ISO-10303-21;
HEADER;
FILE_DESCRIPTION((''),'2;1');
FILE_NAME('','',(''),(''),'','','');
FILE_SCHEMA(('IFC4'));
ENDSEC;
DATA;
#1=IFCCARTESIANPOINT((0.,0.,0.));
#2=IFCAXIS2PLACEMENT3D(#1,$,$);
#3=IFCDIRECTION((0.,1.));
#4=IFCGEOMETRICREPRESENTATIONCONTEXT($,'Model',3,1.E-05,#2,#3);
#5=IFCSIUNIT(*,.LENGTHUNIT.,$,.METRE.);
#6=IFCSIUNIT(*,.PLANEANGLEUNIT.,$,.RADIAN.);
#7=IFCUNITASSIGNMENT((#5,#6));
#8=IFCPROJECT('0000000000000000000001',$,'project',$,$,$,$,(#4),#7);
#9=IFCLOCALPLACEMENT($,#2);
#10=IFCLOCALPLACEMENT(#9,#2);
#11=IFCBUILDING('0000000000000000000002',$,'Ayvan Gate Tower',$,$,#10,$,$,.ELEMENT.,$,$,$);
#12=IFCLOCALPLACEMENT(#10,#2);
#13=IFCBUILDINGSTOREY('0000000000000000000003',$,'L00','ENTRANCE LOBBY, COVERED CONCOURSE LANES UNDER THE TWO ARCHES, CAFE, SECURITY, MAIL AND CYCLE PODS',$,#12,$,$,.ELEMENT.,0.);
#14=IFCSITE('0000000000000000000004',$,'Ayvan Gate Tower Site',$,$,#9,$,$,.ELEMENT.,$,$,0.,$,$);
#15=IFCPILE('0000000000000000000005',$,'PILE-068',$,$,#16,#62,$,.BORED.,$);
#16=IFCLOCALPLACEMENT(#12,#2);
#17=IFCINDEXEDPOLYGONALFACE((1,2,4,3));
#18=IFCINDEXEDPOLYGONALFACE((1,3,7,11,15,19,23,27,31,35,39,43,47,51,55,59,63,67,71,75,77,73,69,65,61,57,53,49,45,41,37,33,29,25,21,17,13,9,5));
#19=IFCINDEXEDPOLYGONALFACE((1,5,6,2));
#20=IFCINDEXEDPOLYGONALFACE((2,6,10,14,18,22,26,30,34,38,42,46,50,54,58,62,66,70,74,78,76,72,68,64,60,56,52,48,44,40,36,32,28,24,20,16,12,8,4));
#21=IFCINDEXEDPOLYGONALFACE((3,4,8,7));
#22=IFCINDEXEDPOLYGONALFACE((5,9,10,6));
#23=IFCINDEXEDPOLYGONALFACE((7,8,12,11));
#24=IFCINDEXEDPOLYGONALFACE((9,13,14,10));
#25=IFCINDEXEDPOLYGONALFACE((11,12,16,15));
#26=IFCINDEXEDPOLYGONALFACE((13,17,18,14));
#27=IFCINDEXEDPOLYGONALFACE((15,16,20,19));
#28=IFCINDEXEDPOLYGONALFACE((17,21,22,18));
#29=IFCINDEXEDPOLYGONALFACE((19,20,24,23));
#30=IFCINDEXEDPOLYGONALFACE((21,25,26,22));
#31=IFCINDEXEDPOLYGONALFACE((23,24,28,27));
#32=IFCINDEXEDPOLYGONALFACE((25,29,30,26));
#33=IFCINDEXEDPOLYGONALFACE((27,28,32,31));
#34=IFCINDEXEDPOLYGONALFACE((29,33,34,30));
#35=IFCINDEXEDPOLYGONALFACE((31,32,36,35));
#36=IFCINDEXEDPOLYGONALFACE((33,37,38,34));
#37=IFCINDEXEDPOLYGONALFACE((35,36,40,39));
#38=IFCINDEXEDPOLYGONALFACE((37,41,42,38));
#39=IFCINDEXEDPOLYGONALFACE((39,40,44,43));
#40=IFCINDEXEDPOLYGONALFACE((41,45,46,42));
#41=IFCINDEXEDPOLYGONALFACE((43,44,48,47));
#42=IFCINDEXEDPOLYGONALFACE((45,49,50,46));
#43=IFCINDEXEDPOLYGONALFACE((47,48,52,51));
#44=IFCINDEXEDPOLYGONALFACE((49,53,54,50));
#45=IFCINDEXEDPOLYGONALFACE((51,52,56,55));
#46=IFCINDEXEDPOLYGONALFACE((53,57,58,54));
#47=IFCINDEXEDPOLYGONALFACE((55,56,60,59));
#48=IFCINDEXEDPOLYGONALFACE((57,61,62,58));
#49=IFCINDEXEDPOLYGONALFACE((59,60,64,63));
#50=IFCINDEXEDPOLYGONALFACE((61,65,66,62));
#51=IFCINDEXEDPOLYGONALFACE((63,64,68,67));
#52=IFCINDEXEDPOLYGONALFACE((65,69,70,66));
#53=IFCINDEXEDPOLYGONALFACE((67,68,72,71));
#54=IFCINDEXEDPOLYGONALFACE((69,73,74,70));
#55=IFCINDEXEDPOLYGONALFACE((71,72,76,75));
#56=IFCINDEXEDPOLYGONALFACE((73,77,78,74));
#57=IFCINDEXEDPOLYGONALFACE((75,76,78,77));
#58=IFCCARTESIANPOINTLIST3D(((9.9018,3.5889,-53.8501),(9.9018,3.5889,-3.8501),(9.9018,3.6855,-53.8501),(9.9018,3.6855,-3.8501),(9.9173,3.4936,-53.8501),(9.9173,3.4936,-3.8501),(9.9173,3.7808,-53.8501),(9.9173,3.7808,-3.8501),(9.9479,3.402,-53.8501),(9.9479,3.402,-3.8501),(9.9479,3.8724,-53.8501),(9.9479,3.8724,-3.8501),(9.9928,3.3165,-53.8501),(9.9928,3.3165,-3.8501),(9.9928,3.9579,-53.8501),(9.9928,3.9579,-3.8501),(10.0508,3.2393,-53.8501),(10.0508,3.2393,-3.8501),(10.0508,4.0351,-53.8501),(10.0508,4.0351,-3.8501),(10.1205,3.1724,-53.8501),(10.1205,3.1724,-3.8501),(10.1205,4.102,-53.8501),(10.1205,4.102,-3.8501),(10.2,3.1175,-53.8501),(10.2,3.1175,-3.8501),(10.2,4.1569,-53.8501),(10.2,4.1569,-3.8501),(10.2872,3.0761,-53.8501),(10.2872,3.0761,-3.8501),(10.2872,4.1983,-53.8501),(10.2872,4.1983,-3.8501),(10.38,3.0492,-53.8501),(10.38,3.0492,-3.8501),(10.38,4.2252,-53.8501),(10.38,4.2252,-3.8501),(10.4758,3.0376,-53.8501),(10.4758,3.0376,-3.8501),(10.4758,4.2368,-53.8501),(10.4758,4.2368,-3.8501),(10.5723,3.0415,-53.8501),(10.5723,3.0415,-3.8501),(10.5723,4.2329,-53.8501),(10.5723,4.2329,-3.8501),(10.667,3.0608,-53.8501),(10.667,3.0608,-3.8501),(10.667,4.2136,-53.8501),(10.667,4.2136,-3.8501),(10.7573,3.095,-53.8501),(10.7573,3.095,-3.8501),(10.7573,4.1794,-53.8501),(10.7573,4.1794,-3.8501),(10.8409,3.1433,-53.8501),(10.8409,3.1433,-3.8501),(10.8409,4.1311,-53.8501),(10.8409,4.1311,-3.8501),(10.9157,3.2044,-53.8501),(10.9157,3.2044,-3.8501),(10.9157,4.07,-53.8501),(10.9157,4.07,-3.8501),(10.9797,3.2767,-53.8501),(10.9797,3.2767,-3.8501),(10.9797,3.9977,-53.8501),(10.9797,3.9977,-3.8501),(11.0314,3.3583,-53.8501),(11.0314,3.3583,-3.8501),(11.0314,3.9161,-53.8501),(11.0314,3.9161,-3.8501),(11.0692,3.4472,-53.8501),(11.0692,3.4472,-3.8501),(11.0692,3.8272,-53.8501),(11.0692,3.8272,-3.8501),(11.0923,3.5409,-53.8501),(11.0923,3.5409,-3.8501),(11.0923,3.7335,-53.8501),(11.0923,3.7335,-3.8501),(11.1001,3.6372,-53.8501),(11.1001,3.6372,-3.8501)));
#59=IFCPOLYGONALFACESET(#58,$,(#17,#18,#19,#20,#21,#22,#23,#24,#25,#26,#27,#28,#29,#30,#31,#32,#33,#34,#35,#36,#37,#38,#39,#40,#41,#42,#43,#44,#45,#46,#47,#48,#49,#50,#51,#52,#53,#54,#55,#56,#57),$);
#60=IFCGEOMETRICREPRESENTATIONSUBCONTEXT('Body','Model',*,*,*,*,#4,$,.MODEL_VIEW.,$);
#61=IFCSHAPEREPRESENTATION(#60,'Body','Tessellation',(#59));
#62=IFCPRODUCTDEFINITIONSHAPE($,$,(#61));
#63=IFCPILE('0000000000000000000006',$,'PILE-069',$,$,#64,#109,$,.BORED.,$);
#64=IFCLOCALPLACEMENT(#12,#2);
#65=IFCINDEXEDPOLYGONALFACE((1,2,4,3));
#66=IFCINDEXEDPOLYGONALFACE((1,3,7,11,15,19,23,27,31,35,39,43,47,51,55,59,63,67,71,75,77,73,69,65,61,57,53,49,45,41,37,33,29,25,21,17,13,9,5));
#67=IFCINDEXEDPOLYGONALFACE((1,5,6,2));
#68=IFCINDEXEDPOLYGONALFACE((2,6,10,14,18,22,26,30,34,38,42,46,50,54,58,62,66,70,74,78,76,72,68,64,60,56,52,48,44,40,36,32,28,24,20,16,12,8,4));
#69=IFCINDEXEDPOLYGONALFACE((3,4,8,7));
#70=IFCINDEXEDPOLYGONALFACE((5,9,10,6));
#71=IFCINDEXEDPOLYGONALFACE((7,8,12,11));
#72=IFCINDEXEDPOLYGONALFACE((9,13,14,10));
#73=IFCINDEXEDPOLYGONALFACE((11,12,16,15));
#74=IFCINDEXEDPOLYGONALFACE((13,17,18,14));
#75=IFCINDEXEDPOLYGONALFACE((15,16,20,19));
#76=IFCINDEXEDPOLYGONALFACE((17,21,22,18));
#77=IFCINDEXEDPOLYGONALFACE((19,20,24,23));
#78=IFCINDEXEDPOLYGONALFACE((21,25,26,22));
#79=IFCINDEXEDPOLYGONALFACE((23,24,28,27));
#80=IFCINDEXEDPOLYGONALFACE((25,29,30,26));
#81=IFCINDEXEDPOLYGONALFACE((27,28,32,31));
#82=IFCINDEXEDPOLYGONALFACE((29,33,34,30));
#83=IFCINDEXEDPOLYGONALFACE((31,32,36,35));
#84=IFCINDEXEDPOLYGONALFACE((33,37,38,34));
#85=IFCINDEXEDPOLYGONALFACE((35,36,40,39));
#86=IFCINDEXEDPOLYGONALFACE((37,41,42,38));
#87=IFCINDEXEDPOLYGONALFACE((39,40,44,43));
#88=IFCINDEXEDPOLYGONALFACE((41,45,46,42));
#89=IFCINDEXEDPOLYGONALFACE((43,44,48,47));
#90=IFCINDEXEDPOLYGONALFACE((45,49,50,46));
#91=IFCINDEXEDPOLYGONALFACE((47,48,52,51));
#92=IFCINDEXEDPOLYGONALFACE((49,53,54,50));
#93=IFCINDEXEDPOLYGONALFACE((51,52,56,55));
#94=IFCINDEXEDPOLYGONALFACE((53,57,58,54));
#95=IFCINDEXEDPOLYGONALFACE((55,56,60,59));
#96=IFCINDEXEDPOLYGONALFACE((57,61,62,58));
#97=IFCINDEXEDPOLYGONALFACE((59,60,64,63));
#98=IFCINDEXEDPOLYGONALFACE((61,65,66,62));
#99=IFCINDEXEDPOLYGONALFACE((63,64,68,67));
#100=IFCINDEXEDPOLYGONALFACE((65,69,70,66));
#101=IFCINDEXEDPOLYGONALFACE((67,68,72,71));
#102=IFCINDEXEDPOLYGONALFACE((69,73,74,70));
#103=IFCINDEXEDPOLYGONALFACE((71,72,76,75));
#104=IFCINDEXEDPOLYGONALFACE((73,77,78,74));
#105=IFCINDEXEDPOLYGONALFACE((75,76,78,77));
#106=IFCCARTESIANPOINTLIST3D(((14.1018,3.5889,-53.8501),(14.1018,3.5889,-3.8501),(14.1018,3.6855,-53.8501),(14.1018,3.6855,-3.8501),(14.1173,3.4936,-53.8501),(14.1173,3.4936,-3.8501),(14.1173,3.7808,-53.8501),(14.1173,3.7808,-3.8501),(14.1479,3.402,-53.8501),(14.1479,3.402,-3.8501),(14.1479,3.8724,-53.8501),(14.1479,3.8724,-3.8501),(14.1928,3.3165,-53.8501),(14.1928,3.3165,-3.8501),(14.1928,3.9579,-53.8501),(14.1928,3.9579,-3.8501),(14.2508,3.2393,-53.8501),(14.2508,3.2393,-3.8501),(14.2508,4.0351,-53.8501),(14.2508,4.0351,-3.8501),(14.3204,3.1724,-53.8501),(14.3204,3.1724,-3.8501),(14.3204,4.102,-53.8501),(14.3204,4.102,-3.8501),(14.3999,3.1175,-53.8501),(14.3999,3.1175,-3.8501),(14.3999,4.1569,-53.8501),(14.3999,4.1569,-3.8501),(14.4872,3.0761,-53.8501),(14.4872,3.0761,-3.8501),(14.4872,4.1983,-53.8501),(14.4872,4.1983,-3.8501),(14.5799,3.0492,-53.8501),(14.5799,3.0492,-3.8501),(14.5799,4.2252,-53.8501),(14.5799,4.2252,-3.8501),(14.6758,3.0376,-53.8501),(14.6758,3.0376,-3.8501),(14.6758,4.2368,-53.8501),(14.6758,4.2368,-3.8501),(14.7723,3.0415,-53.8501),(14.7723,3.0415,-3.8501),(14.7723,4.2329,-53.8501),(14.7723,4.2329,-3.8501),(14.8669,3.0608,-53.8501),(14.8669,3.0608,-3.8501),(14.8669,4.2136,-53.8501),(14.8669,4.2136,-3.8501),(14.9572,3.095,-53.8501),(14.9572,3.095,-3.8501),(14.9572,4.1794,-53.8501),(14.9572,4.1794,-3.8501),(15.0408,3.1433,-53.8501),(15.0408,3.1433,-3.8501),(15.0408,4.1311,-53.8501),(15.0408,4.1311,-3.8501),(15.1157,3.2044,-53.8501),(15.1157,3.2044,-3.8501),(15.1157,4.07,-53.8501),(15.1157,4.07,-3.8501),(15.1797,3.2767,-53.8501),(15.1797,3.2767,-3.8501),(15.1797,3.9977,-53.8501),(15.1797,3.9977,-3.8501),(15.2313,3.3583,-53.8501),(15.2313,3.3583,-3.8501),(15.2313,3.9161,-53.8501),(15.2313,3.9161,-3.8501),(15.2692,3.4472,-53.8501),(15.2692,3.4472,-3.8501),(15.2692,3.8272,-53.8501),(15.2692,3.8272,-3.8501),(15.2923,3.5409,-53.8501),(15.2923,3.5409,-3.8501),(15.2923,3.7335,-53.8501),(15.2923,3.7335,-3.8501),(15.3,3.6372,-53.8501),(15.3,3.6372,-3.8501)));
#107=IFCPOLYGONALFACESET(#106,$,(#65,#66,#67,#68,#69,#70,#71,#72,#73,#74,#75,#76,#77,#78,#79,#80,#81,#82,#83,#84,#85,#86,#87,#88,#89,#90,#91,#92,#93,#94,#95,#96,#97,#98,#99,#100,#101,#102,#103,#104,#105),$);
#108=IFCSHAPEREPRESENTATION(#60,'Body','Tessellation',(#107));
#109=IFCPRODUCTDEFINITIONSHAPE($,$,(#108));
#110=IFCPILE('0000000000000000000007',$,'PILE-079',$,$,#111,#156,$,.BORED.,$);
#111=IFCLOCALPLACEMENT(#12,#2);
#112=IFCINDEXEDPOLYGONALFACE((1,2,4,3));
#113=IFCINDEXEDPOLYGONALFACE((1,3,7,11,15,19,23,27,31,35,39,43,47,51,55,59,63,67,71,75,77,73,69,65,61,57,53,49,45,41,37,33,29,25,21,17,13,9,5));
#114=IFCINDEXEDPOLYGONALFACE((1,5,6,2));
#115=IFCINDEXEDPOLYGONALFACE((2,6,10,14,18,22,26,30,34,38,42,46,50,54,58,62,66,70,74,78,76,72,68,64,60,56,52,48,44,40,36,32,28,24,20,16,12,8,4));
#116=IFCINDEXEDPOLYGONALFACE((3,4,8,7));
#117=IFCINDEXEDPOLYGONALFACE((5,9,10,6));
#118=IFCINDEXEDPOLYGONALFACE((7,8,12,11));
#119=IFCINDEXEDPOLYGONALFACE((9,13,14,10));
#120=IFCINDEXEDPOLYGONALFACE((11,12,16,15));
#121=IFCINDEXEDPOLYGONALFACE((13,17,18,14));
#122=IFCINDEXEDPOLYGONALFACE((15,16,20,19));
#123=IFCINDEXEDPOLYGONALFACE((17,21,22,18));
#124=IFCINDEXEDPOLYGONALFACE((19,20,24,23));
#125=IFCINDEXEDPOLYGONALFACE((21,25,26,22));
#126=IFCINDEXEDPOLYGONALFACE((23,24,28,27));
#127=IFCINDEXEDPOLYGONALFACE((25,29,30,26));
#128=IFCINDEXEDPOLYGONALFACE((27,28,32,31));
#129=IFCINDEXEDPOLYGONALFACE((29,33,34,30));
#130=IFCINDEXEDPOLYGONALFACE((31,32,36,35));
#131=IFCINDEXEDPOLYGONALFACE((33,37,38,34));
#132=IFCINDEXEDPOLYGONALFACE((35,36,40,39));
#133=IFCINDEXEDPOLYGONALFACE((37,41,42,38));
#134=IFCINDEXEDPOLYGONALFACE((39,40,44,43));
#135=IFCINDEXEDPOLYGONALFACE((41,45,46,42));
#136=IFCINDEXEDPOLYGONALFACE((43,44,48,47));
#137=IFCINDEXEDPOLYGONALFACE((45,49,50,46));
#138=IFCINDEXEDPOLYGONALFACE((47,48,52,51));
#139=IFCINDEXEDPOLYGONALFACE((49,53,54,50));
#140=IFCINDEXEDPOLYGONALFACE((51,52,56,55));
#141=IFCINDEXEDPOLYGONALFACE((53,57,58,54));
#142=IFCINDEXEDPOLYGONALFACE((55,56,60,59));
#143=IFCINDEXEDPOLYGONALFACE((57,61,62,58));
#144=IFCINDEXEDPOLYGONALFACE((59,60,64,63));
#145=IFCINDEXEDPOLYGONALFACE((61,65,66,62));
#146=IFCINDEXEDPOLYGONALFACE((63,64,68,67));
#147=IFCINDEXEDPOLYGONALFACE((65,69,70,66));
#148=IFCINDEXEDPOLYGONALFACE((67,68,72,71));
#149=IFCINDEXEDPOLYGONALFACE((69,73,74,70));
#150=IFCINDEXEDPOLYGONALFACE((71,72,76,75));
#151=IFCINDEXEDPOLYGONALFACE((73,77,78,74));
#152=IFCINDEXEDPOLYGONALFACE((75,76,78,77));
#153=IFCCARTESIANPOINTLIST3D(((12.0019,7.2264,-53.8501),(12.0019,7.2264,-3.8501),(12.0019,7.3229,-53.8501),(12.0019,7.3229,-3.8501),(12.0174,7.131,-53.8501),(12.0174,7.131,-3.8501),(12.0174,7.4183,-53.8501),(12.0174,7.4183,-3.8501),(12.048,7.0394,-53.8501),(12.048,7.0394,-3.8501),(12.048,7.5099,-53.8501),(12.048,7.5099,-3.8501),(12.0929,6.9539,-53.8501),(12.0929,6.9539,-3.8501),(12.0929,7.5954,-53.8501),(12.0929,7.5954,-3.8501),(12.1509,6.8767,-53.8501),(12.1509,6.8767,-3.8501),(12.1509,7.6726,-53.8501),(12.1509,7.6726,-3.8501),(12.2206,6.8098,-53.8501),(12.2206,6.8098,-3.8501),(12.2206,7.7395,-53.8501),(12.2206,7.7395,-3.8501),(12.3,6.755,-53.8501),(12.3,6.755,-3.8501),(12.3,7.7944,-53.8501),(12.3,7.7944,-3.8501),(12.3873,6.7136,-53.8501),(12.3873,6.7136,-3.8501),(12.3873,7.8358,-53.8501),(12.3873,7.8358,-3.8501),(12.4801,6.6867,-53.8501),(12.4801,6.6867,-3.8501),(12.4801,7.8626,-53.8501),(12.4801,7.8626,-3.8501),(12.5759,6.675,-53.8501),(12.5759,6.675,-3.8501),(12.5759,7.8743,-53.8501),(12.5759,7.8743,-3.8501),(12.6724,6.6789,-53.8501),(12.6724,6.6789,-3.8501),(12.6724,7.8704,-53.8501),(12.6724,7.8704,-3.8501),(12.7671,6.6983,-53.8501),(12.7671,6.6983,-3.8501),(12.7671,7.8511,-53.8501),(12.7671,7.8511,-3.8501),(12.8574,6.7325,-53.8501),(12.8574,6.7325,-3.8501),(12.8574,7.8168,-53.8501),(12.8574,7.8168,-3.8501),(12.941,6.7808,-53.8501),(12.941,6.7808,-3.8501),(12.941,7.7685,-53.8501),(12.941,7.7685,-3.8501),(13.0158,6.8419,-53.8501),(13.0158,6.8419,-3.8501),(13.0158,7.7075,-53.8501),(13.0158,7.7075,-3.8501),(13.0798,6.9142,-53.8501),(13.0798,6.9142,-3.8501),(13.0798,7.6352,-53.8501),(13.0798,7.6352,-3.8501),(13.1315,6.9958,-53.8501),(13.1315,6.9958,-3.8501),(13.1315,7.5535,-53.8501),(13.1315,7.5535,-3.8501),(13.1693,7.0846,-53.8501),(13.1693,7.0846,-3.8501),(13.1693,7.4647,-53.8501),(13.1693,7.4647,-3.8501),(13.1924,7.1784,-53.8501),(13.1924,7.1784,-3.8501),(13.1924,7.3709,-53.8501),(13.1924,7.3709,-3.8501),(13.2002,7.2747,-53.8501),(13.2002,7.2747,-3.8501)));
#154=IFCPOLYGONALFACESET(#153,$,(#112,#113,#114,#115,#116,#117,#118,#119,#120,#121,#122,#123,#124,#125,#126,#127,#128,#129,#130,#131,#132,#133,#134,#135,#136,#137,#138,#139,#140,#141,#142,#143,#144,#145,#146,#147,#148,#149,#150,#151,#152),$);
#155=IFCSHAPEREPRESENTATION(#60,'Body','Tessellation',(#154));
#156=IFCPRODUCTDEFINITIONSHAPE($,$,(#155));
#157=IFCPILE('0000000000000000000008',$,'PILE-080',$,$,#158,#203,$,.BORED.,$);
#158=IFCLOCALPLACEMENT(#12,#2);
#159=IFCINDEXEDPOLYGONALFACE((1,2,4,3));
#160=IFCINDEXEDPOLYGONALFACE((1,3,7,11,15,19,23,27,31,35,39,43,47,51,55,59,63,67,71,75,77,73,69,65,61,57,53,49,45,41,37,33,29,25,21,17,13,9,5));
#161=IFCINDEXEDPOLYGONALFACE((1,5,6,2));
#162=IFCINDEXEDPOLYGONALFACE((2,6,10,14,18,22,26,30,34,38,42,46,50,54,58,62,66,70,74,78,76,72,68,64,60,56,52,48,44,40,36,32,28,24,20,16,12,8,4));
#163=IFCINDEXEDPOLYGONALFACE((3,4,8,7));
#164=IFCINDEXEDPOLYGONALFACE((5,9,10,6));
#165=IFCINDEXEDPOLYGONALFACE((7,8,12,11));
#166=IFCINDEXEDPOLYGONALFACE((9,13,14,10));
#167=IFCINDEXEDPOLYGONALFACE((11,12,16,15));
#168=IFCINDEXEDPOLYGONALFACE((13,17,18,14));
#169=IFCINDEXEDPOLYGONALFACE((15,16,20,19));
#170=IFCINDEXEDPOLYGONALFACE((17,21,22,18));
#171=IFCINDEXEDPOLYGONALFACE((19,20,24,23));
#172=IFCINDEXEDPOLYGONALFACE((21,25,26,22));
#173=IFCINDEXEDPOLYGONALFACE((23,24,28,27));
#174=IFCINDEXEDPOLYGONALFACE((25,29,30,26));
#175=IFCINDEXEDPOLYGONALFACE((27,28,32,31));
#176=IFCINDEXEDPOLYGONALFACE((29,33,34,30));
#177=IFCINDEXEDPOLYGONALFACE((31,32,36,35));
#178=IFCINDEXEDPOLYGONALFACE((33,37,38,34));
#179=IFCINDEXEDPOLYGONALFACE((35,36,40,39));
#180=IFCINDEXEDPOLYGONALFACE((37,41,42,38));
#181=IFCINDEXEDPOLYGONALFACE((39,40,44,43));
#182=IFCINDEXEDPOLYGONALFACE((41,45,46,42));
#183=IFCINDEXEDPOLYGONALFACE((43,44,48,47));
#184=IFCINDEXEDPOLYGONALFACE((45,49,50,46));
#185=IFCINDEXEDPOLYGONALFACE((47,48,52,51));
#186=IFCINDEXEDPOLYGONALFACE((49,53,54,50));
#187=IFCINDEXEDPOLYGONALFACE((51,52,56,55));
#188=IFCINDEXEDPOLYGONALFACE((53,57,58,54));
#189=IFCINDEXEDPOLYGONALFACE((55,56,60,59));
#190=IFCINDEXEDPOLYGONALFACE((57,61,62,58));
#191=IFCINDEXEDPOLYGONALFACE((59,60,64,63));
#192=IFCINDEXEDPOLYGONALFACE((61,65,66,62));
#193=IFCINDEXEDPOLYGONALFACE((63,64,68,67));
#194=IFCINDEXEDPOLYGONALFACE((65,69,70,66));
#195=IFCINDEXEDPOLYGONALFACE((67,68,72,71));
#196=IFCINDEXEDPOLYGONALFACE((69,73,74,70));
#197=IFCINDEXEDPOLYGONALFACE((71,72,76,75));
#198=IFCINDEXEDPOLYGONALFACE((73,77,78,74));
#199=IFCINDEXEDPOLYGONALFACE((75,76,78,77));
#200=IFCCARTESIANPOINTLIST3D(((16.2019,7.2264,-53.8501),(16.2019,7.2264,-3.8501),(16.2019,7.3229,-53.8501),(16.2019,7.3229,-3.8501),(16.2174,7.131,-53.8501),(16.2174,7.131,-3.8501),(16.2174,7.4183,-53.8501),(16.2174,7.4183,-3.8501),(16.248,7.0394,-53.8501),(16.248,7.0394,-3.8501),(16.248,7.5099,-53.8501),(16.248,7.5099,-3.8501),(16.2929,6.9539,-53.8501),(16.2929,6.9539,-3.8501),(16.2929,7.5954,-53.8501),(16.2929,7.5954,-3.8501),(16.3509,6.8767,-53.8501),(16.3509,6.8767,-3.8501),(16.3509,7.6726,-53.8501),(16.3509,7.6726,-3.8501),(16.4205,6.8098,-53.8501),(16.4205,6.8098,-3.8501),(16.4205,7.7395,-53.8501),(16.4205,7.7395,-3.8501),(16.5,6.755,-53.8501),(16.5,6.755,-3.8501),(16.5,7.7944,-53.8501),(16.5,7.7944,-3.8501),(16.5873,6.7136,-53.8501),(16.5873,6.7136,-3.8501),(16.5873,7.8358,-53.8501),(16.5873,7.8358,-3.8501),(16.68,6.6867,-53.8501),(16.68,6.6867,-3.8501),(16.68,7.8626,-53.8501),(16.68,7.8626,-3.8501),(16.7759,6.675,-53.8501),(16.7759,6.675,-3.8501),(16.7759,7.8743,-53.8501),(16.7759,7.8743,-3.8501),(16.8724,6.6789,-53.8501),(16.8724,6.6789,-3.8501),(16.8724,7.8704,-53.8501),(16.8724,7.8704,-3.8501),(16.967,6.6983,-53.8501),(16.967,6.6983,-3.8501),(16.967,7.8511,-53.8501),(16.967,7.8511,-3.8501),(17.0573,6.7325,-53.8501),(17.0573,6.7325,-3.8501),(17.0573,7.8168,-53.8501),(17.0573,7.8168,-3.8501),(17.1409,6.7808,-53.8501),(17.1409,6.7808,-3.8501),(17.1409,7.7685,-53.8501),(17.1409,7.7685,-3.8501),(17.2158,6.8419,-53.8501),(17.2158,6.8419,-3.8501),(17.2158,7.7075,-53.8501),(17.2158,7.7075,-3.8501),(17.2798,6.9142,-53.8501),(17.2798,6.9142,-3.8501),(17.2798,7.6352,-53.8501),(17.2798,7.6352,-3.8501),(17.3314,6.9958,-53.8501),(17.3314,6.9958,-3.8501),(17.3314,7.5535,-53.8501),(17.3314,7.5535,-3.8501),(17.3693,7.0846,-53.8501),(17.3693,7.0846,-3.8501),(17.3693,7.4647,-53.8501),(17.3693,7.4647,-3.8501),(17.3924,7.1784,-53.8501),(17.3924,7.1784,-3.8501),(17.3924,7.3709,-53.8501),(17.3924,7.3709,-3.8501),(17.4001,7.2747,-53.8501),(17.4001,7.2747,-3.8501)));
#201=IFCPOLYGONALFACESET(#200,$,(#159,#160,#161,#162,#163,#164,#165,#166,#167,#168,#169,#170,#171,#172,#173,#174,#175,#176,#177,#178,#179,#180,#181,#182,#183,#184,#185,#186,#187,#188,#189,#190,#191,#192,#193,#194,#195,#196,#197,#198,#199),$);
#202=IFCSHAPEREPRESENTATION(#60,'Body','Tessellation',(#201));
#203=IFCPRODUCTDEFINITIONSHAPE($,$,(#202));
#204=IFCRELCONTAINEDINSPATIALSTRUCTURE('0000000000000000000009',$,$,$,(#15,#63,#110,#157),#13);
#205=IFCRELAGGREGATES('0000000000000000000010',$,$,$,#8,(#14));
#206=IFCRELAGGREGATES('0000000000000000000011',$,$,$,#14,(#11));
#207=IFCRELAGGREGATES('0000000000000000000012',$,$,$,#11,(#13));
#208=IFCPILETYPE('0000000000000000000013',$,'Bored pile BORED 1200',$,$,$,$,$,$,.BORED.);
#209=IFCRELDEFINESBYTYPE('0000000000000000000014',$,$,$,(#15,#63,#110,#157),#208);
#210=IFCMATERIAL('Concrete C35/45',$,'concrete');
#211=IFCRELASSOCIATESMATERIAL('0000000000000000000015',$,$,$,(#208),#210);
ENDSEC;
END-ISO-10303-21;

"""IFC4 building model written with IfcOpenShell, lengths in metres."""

from ifc_helpers import new_model, si_unit, direction, frame, origin, origin_2d, place, context, subcontext, project, spatial, circle, extrude, material, material_profile, profile_set, type_object, element, save


model = new_model("IFC4")

# Units and contexts
model_context = context("Model", 3, precision=1e-05, world=origin(), true_north=direction((0.0, 1.0)))
body_context = subcontext(model_context, "Body", "Model", "MODEL_VIEW")
ifc_project = project(units=[si_unit("LENGTHUNIT", "METRE"), si_unit("PLANEANGLEUNIT", "RADIAN")], contexts=[model_context])

# Site, building, storey
site_placement = place(None, origin())
site = spatial("IfcSite", under=ifc_project, at=site_placement, Name="Ayvan Gate Tower Site", CompositionType="ELEMENT", RefElevation=0.0)
building_placement = place(site_placement, origin())
building = spatial("IfcBuilding", under=site, at=building_placement, Name="Ayvan Gate Tower", CompositionType="ELEMENT")
storey_placement = place(building_placement, origin())
storey = spatial("IfcBuildingStorey", under=building, at=storey_placement, Name="L00", Description="ENTRANCE LOBBY, COVERED CONCOURSE LANES UNDER THE TWO ARCHES, CAFE, SECURITY, MAIL AND CYCLE PODS", CompositionType="ELEMENT", Elevation=0.0)

# Piles
ifc_material_1 = material(Name="Concrete C35/45", Category="concrete")
ifc_material_profile_1 = material_profile(ifc_material_1, circle(Radius=0.6001, at=origin_2d()), Name="BORED 1200")
ifc_profile_set_1 = profile_set([ifc_material_profile_1], Name="Concrete C35/45")
pile_type = type_object("IfcPileType", Name="Bored pile BORED 1200", PredefinedType="BORED", material=ifc_profile_set_1)
for number, where, z_axis, x_axis, name in (
    (1, (10.5, 3.6372, -3.8501), (0.0, 0.0, -1.0), (1.0, 0.0, 0.0), "PILE-068"),
    (2, (14.7, 3.6372, -3.8501), (0.0, 0.0, -1.0), (1.0, 0.0, 0.0), "PILE-069"),
    (3, (12.6001, 7.2747, -3.8501), (0.0, 0.0, -1.0), (1.0, 0.0, 0.0), "PILE-079"),
    (4, (16.8, 7.2747, -3.8501), (0.0, 0.0, -1.0), (1.0, 0.0, 0.0), "PILE-080"),
):
    element("IfcPile", number, at=place(storey_placement, frame(where, z_axis=z_axis, x_axis=x_axis)), inside=storey, type_object=pile_type, Name=name, PredefinedType="BORED", context=body_context, shape_type="SweptSolid", body=[
        extrude(circle(Radius=0.6001, at=origin_2d()), origin(), (0.0, 0.0, 1.0), 50.0),
    ])

save(model, "model.ifc")
